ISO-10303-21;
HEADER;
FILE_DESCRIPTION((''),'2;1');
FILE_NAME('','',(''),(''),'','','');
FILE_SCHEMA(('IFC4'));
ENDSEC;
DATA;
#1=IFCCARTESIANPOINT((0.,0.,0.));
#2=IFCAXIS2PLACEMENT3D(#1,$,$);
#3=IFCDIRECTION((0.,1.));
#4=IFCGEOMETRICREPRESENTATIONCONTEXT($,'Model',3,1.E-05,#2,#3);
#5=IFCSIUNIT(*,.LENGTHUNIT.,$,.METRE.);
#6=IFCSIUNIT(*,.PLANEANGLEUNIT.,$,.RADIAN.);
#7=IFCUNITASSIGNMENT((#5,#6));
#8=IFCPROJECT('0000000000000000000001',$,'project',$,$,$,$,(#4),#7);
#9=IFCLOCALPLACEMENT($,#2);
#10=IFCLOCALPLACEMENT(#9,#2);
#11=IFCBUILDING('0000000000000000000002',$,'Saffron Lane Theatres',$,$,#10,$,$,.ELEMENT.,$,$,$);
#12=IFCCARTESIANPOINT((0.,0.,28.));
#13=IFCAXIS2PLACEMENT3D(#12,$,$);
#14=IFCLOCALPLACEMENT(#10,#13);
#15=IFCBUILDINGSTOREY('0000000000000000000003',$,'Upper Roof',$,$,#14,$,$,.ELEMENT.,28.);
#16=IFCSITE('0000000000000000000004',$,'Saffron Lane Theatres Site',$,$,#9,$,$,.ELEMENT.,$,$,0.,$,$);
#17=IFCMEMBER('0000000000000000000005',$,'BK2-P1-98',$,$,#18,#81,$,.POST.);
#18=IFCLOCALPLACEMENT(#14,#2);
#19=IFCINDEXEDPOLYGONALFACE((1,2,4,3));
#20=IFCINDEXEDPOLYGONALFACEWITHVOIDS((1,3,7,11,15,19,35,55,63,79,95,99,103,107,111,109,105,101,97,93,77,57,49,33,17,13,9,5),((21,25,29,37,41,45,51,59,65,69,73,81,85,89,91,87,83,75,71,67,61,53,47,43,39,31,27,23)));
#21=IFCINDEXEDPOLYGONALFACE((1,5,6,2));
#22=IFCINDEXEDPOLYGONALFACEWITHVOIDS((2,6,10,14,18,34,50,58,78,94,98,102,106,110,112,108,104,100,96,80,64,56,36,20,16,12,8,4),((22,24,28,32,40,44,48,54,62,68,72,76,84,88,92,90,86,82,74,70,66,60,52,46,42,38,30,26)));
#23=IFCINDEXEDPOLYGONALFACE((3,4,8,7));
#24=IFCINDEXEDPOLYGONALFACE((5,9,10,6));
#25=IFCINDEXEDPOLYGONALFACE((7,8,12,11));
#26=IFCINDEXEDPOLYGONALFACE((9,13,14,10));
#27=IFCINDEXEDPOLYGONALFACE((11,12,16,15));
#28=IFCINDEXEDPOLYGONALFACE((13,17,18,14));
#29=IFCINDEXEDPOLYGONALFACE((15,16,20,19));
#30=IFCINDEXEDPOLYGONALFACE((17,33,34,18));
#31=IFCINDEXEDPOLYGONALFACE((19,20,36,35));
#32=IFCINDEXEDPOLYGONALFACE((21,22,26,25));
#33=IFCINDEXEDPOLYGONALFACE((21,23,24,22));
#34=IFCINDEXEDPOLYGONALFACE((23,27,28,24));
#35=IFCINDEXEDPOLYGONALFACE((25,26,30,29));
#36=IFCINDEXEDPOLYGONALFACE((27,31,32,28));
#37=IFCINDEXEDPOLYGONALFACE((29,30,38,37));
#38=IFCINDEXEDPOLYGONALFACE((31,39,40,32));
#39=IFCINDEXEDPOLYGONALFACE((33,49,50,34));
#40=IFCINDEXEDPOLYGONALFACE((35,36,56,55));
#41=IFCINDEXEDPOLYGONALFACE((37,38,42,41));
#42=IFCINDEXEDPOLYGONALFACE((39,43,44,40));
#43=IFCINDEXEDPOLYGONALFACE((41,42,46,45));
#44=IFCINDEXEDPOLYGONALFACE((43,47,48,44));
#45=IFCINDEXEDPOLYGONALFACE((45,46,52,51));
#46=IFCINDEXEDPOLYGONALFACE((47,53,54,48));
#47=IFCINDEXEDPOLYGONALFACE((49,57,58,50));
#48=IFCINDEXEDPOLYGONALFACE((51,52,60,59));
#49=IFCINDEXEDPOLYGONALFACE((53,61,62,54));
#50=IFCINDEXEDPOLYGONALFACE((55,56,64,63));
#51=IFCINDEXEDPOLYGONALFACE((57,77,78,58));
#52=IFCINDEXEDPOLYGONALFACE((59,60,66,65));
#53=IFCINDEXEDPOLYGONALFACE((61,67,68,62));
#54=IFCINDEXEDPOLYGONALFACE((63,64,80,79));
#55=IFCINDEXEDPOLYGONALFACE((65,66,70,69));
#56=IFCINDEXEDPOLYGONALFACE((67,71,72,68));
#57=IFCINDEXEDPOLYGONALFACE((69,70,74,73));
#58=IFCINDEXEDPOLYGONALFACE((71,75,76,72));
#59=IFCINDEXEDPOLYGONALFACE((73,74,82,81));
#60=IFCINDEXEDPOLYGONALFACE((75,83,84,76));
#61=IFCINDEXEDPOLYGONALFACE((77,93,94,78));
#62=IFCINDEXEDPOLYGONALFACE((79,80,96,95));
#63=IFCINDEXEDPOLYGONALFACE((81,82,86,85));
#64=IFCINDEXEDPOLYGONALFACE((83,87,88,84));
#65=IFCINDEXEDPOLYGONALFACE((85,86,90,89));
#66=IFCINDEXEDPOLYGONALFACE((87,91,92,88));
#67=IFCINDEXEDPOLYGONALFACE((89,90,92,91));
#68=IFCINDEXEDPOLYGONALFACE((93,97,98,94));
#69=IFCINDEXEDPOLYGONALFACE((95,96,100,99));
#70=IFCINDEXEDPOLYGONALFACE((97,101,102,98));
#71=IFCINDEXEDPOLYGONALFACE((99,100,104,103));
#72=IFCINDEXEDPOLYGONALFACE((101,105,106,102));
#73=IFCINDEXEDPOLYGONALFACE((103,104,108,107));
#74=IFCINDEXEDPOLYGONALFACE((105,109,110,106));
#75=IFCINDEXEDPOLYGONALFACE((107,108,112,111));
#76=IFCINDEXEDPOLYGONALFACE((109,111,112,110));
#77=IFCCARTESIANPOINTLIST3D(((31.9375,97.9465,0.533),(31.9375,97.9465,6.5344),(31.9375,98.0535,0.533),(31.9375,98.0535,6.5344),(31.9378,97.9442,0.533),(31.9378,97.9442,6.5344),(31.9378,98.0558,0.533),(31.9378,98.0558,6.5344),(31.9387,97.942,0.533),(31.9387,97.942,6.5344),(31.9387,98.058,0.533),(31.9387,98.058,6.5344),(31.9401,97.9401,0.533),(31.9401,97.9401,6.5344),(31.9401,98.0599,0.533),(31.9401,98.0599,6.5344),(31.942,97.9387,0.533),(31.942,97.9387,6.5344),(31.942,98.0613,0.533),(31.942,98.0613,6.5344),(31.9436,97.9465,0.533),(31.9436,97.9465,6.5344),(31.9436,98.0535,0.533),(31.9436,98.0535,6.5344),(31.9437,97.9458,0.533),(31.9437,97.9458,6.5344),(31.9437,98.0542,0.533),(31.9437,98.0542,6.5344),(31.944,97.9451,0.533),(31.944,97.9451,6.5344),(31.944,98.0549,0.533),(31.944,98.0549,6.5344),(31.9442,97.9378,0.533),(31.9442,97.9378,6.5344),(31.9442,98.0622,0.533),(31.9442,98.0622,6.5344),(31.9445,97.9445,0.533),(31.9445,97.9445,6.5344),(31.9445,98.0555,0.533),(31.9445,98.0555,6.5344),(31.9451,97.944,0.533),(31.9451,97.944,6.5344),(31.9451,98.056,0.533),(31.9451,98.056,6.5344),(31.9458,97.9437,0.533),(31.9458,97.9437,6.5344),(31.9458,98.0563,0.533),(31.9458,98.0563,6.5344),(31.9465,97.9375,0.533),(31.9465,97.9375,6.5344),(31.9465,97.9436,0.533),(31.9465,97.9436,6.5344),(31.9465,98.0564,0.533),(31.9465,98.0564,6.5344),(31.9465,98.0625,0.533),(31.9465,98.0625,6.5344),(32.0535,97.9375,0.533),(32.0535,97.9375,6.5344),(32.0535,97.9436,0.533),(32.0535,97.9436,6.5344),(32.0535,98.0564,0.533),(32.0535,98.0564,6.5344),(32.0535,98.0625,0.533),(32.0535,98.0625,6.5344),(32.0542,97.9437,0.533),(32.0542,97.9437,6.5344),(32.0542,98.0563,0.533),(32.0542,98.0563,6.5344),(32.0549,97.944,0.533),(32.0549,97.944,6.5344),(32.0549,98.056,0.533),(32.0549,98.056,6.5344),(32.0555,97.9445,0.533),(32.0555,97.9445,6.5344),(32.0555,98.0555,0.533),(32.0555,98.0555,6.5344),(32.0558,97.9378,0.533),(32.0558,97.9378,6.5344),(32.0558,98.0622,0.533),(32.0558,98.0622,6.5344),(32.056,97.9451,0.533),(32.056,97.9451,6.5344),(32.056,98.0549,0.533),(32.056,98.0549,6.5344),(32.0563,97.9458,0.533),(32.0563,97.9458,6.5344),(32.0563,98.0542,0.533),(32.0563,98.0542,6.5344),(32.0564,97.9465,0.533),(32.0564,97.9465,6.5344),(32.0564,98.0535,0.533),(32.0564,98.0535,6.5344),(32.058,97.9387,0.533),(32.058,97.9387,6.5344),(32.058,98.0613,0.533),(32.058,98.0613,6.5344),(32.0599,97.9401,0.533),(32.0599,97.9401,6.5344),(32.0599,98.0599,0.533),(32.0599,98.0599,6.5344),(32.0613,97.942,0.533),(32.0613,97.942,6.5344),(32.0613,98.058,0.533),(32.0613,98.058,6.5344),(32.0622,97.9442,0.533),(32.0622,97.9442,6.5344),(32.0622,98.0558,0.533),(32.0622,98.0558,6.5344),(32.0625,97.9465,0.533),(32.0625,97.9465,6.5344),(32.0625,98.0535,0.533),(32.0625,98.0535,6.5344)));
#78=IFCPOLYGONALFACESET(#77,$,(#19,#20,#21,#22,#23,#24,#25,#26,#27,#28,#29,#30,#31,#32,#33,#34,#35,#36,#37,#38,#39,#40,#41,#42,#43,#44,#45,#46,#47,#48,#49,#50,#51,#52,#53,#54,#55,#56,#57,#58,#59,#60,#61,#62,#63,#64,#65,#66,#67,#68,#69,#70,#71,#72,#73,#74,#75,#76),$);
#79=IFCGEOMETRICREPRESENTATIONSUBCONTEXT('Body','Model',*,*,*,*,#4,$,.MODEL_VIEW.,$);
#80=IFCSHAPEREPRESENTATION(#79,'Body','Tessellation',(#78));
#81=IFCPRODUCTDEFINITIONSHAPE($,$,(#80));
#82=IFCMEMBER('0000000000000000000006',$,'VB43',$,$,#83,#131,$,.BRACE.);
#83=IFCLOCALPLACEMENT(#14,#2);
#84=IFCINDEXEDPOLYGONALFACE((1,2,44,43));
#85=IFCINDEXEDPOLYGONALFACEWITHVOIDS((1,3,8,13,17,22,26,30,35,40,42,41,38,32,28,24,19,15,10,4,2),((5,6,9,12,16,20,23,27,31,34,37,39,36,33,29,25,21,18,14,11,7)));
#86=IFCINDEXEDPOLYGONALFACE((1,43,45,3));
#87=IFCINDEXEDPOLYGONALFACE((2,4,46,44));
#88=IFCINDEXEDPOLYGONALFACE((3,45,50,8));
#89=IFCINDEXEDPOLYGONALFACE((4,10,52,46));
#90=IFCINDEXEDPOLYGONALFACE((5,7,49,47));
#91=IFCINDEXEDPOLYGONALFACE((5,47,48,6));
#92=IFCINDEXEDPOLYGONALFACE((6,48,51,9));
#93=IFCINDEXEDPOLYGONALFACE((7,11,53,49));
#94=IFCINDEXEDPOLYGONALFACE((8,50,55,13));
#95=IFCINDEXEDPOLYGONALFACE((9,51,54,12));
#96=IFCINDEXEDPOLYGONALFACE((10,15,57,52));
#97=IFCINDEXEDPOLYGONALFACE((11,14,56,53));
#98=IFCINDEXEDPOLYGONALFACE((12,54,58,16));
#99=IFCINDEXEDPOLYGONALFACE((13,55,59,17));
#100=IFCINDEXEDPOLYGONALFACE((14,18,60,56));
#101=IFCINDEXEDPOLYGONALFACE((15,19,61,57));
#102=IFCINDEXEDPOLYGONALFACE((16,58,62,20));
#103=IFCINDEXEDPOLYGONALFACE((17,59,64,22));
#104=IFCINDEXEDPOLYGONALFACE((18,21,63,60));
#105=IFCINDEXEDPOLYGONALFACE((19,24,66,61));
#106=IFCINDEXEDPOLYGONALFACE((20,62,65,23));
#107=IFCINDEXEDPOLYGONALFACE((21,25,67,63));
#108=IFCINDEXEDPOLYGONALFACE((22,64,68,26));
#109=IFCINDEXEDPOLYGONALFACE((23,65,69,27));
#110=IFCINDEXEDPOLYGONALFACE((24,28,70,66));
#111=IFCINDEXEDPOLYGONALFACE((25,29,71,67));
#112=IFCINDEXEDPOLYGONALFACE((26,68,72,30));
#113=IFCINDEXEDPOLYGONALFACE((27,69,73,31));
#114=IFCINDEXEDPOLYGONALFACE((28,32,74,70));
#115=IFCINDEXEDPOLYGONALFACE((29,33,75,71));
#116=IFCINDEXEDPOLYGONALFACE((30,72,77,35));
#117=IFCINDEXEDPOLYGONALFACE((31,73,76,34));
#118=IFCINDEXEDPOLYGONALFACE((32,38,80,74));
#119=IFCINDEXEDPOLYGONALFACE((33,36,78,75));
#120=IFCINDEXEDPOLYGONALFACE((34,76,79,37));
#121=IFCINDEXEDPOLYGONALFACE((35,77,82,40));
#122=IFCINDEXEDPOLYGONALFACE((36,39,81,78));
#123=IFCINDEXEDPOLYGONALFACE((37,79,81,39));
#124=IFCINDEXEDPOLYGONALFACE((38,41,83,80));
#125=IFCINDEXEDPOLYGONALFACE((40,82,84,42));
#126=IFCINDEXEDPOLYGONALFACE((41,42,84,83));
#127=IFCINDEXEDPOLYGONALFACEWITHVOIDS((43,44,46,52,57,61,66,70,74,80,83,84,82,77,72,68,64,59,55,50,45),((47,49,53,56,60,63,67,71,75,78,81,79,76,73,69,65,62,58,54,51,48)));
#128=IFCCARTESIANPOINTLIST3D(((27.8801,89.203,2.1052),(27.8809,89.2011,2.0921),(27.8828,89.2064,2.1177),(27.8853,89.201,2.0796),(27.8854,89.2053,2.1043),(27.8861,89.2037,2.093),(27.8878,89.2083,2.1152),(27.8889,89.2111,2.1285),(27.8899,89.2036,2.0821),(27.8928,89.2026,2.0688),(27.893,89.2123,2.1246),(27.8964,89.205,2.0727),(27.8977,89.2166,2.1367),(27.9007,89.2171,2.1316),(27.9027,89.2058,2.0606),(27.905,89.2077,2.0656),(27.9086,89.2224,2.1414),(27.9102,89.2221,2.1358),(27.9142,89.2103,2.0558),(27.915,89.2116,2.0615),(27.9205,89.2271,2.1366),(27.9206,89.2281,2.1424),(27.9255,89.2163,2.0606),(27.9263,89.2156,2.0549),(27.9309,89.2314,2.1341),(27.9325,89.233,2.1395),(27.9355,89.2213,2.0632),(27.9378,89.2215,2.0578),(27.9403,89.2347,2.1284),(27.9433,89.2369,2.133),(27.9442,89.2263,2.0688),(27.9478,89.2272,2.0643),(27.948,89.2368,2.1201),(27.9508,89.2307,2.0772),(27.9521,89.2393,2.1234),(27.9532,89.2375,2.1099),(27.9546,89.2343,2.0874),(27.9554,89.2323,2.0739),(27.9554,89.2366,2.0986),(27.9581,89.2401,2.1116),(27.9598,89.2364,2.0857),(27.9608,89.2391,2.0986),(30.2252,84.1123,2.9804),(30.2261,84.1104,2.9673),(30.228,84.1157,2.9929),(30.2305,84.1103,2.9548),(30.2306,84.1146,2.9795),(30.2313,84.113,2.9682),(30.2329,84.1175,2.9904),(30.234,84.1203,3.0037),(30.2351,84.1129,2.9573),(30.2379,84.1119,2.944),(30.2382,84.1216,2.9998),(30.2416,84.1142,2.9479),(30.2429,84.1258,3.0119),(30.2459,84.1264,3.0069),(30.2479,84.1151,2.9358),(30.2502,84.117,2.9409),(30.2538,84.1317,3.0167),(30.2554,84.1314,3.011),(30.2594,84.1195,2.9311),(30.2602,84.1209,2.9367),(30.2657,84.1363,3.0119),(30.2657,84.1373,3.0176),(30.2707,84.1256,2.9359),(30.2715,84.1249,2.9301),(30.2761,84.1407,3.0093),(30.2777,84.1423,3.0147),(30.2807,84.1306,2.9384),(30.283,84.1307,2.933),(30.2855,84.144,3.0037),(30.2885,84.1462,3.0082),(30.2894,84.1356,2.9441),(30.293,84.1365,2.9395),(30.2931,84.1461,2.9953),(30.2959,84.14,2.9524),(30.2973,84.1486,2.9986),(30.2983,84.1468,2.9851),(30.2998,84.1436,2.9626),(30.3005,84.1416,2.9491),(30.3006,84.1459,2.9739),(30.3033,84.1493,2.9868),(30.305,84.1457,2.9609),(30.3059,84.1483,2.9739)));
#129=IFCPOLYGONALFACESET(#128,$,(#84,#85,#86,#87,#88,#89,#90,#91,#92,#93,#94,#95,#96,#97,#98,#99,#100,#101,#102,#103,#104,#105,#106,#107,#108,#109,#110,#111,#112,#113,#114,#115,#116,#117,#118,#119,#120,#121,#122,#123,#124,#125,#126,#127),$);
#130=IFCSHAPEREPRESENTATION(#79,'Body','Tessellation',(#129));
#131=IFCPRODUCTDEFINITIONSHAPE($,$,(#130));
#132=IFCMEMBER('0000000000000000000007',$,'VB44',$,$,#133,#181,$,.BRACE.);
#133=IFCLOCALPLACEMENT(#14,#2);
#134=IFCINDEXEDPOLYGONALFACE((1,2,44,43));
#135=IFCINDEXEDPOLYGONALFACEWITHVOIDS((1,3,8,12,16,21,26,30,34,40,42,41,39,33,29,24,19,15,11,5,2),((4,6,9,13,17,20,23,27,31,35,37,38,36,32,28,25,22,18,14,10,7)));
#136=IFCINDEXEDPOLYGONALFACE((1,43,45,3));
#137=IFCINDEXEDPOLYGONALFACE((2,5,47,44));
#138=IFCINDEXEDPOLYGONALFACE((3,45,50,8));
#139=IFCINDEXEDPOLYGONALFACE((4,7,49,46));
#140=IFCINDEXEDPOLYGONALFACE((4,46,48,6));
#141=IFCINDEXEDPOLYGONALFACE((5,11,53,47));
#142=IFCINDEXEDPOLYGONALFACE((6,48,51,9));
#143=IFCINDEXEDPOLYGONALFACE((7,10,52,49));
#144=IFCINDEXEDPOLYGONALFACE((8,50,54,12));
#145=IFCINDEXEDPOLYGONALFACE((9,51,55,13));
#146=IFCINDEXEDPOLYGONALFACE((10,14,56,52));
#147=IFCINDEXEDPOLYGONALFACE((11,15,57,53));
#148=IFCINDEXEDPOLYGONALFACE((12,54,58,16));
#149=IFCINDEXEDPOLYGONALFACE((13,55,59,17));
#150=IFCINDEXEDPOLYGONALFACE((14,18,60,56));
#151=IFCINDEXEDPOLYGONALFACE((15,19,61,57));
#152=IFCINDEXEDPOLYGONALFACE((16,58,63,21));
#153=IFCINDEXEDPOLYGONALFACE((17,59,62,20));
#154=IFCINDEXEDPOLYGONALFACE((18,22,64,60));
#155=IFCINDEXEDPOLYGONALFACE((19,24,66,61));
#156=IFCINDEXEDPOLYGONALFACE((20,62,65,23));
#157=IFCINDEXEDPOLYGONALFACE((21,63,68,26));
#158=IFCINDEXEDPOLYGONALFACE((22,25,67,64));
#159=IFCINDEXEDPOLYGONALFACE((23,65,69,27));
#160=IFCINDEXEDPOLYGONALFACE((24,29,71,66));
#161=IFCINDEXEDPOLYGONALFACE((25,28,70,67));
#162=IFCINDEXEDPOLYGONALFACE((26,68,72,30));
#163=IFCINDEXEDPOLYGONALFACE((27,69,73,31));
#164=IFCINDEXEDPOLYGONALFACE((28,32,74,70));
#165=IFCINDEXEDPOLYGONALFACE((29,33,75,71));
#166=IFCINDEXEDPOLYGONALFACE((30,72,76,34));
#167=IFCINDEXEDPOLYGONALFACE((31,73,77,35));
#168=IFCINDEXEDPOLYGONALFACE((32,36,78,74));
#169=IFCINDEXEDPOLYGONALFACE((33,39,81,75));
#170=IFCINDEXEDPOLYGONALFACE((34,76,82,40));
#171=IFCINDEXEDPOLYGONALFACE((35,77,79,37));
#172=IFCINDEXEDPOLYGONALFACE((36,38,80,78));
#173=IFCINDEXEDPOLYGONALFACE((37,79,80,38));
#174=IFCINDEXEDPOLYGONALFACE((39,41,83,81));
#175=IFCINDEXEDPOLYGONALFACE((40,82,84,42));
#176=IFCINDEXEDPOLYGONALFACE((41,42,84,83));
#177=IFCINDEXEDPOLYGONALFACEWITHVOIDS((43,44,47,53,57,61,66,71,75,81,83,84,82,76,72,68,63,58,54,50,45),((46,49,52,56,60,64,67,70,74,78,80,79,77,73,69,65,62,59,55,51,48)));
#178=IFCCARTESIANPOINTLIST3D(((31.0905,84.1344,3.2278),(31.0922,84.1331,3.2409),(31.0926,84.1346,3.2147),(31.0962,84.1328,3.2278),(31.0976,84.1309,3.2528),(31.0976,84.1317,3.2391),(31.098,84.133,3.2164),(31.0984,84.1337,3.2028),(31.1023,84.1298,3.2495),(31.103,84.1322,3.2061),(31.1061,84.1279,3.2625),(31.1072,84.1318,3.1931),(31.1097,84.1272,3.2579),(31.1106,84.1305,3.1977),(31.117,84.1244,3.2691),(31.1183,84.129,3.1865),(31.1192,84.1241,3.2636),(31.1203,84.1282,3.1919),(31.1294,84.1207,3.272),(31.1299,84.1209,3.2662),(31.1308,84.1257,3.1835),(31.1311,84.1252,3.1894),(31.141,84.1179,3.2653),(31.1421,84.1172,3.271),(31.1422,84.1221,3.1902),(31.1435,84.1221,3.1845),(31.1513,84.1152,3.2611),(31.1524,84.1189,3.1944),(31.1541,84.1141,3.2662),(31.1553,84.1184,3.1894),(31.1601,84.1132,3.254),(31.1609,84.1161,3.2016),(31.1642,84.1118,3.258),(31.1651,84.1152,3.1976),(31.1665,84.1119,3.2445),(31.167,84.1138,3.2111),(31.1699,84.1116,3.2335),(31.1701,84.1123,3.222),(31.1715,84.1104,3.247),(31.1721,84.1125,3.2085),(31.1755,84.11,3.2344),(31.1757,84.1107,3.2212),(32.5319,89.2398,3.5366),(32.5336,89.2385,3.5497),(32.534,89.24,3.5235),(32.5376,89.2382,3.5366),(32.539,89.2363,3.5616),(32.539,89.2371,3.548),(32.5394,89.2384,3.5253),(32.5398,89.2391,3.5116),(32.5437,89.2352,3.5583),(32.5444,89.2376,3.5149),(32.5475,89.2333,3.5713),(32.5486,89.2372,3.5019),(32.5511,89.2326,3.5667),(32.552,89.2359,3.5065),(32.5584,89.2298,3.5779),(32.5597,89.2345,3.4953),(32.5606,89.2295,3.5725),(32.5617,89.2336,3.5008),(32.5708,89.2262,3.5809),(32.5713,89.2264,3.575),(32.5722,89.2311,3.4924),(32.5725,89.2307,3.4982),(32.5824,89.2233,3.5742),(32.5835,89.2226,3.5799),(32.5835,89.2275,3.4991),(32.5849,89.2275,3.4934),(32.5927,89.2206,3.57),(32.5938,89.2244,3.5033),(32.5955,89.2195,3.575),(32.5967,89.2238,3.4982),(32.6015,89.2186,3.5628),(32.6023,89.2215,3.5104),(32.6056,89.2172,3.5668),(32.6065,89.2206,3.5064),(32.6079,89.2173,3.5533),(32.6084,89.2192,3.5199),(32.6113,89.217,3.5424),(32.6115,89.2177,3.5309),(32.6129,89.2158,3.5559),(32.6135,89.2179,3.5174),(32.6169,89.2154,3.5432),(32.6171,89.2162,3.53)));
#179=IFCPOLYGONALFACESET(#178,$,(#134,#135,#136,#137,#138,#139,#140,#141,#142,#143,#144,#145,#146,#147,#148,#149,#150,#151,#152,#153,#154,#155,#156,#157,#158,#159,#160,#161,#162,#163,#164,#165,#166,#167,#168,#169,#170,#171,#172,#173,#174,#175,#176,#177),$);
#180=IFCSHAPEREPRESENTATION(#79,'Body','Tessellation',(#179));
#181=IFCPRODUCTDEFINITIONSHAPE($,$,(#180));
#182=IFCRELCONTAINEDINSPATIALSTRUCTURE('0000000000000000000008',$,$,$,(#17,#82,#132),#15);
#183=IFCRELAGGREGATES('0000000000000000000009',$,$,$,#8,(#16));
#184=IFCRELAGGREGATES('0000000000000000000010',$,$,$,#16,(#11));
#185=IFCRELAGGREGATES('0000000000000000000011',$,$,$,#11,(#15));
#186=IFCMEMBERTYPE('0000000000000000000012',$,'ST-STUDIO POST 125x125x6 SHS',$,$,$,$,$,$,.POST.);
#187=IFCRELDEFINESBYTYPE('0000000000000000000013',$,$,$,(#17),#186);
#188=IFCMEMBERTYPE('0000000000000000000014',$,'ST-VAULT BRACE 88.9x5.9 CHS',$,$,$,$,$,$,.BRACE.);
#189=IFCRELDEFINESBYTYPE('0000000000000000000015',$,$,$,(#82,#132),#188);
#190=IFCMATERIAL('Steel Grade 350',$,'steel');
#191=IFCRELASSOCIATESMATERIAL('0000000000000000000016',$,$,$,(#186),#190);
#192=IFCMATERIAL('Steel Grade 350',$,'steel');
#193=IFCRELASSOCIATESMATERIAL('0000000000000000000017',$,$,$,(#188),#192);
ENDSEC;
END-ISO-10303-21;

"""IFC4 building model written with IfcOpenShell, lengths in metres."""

from ifc_helpers import new_model, si_unit, direction, frame, origin, origin_2d, place, context, subcontext, project, spatial, hollow_rectangle, hollow_circle, extrude, material, material_profile, profile_set, type_object, element, save


model = new_model("IFC4")

# Units and contexts
model_context = context("Model", 3, precision=1e-05, world=origin(), true_north=direction((0.0, 1.0)))
body_context = subcontext(model_context, "Body", "Model", "MODEL_VIEW")
ifc_project = project(units=[si_unit("LENGTHUNIT", "METRE"), si_unit("PLANEANGLEUNIT", "RADIAN")], contexts=[model_context])

# Site, building, storey
site_placement = place(None, origin())
site = spatial("IfcSite", under=ifc_project, at=site_placement, Name="Saffron Lane Theatres Site", CompositionType="ELEMENT", RefElevation=0.0)
building_placement = place(site_placement, origin())
building = spatial("IfcBuilding", under=site, at=building_placement, Name="Saffron Lane Theatres", CompositionType="ELEMENT")
storey_placement = place(building_placement, frame((0.0, 0.0, 28.0)))
storey = spatial("IfcBuildingStorey", under=building, at=storey_placement, Name="Upper Roof", CompositionType="ELEMENT", Elevation=28.0)

# Members
ifc_material_1 = material(Name="Steel Grade 350", Category="steel")
ifc_material_profile_1 = material_profile(ifc_material_1, hollow_rectangle(XDim=0.125, YDim=0.125, WallThickness=0.0061, InnerFilletRadius=0.0029, OuterFilletRadius=0.009, at=origin_2d()))
ifc_profile_set_1 = profile_set([ifc_material_profile_1], Name="Steel Grade 350")
member_type_1 = type_object("IfcMemberType", Name="ST-STUDIO POST 125x125x6 SHS", PredefinedType="POST", material=ifc_profile_set_1)
member_1_placement = place(storey_placement, frame((32.0, 98.0, 0.533), z_axis=(0.0, 0.0, 1.0), x_axis=(1.0, 0.0, 0.0)))
element("IfcMember", 1, at=member_1_placement, inside=storey, type_object=member_type_1, Name="BK2-P1-98", PredefinedType="POST", context=body_context, shape_type="SweptSolid", body=[
    extrude(hollow_rectangle(XDim=0.125, YDim=0.125, WallThickness=0.0061, InnerFilletRadius=0.0029, OuterFilletRadius=0.009, at=origin_2d()), origin(), (0.0, 0.0, 1.0), 6.0015),
])
ifc_material_2 = material(Name="Steel Grade 350", Category="steel")
ifc_material_profile_2 = material_profile(ifc_material_2, hollow_circle(Radius=0.0444, WallThickness=0.0059, at=origin_2d()))
ifc_profile_set_2 = profile_set([ifc_material_profile_2], Name="Steel Grade 350")
member_type_2 = type_object("IfcMemberType", Name="ST-VAULT BRACE 88.9x5.9 CHS", PredefinedType="BRACE", material=ifc_profile_set_2)
member_2_placement = place(storey_placement, frame((27.9204, 89.2205, 2.0986), z_axis=(0.413402, -0.897383, 0.154283), x_axis=(0.908257, 0.418412, 0.0)))
element("IfcMember", 2, at=member_2_placement, inside=storey, type_object=member_type_2, Name="VB43", PredefinedType="BRACE", context=body_context, shape_type="SweptSolid", body=[
    extrude(hollow_circle(Radius=0.0444, WallThickness=0.0059, at=origin_2d()), origin(), (0.0, 0.0, 1.0), 5.6729),
])
member_3_placement = place(storey_placement, frame((31.1333, 84.1223, 3.2278), z_axis=(0.271246, 0.960754, 0.058118), x_axis=(-0.962381, 0.271705, 0.0)))
element("IfcMember", 3, at=member_3_placement, inside=storey, type_object=member_type_2, Name="VB44", PredefinedType="BRACE", context=body_context, shape_type="SweptSolid", body=[
    extrude(hollow_circle(Radius=0.0444, WallThickness=0.0059, at=origin_2d()), origin(), (0.0, 0.0, 1.0), 5.314),
])

save(model, "model.ifc")
